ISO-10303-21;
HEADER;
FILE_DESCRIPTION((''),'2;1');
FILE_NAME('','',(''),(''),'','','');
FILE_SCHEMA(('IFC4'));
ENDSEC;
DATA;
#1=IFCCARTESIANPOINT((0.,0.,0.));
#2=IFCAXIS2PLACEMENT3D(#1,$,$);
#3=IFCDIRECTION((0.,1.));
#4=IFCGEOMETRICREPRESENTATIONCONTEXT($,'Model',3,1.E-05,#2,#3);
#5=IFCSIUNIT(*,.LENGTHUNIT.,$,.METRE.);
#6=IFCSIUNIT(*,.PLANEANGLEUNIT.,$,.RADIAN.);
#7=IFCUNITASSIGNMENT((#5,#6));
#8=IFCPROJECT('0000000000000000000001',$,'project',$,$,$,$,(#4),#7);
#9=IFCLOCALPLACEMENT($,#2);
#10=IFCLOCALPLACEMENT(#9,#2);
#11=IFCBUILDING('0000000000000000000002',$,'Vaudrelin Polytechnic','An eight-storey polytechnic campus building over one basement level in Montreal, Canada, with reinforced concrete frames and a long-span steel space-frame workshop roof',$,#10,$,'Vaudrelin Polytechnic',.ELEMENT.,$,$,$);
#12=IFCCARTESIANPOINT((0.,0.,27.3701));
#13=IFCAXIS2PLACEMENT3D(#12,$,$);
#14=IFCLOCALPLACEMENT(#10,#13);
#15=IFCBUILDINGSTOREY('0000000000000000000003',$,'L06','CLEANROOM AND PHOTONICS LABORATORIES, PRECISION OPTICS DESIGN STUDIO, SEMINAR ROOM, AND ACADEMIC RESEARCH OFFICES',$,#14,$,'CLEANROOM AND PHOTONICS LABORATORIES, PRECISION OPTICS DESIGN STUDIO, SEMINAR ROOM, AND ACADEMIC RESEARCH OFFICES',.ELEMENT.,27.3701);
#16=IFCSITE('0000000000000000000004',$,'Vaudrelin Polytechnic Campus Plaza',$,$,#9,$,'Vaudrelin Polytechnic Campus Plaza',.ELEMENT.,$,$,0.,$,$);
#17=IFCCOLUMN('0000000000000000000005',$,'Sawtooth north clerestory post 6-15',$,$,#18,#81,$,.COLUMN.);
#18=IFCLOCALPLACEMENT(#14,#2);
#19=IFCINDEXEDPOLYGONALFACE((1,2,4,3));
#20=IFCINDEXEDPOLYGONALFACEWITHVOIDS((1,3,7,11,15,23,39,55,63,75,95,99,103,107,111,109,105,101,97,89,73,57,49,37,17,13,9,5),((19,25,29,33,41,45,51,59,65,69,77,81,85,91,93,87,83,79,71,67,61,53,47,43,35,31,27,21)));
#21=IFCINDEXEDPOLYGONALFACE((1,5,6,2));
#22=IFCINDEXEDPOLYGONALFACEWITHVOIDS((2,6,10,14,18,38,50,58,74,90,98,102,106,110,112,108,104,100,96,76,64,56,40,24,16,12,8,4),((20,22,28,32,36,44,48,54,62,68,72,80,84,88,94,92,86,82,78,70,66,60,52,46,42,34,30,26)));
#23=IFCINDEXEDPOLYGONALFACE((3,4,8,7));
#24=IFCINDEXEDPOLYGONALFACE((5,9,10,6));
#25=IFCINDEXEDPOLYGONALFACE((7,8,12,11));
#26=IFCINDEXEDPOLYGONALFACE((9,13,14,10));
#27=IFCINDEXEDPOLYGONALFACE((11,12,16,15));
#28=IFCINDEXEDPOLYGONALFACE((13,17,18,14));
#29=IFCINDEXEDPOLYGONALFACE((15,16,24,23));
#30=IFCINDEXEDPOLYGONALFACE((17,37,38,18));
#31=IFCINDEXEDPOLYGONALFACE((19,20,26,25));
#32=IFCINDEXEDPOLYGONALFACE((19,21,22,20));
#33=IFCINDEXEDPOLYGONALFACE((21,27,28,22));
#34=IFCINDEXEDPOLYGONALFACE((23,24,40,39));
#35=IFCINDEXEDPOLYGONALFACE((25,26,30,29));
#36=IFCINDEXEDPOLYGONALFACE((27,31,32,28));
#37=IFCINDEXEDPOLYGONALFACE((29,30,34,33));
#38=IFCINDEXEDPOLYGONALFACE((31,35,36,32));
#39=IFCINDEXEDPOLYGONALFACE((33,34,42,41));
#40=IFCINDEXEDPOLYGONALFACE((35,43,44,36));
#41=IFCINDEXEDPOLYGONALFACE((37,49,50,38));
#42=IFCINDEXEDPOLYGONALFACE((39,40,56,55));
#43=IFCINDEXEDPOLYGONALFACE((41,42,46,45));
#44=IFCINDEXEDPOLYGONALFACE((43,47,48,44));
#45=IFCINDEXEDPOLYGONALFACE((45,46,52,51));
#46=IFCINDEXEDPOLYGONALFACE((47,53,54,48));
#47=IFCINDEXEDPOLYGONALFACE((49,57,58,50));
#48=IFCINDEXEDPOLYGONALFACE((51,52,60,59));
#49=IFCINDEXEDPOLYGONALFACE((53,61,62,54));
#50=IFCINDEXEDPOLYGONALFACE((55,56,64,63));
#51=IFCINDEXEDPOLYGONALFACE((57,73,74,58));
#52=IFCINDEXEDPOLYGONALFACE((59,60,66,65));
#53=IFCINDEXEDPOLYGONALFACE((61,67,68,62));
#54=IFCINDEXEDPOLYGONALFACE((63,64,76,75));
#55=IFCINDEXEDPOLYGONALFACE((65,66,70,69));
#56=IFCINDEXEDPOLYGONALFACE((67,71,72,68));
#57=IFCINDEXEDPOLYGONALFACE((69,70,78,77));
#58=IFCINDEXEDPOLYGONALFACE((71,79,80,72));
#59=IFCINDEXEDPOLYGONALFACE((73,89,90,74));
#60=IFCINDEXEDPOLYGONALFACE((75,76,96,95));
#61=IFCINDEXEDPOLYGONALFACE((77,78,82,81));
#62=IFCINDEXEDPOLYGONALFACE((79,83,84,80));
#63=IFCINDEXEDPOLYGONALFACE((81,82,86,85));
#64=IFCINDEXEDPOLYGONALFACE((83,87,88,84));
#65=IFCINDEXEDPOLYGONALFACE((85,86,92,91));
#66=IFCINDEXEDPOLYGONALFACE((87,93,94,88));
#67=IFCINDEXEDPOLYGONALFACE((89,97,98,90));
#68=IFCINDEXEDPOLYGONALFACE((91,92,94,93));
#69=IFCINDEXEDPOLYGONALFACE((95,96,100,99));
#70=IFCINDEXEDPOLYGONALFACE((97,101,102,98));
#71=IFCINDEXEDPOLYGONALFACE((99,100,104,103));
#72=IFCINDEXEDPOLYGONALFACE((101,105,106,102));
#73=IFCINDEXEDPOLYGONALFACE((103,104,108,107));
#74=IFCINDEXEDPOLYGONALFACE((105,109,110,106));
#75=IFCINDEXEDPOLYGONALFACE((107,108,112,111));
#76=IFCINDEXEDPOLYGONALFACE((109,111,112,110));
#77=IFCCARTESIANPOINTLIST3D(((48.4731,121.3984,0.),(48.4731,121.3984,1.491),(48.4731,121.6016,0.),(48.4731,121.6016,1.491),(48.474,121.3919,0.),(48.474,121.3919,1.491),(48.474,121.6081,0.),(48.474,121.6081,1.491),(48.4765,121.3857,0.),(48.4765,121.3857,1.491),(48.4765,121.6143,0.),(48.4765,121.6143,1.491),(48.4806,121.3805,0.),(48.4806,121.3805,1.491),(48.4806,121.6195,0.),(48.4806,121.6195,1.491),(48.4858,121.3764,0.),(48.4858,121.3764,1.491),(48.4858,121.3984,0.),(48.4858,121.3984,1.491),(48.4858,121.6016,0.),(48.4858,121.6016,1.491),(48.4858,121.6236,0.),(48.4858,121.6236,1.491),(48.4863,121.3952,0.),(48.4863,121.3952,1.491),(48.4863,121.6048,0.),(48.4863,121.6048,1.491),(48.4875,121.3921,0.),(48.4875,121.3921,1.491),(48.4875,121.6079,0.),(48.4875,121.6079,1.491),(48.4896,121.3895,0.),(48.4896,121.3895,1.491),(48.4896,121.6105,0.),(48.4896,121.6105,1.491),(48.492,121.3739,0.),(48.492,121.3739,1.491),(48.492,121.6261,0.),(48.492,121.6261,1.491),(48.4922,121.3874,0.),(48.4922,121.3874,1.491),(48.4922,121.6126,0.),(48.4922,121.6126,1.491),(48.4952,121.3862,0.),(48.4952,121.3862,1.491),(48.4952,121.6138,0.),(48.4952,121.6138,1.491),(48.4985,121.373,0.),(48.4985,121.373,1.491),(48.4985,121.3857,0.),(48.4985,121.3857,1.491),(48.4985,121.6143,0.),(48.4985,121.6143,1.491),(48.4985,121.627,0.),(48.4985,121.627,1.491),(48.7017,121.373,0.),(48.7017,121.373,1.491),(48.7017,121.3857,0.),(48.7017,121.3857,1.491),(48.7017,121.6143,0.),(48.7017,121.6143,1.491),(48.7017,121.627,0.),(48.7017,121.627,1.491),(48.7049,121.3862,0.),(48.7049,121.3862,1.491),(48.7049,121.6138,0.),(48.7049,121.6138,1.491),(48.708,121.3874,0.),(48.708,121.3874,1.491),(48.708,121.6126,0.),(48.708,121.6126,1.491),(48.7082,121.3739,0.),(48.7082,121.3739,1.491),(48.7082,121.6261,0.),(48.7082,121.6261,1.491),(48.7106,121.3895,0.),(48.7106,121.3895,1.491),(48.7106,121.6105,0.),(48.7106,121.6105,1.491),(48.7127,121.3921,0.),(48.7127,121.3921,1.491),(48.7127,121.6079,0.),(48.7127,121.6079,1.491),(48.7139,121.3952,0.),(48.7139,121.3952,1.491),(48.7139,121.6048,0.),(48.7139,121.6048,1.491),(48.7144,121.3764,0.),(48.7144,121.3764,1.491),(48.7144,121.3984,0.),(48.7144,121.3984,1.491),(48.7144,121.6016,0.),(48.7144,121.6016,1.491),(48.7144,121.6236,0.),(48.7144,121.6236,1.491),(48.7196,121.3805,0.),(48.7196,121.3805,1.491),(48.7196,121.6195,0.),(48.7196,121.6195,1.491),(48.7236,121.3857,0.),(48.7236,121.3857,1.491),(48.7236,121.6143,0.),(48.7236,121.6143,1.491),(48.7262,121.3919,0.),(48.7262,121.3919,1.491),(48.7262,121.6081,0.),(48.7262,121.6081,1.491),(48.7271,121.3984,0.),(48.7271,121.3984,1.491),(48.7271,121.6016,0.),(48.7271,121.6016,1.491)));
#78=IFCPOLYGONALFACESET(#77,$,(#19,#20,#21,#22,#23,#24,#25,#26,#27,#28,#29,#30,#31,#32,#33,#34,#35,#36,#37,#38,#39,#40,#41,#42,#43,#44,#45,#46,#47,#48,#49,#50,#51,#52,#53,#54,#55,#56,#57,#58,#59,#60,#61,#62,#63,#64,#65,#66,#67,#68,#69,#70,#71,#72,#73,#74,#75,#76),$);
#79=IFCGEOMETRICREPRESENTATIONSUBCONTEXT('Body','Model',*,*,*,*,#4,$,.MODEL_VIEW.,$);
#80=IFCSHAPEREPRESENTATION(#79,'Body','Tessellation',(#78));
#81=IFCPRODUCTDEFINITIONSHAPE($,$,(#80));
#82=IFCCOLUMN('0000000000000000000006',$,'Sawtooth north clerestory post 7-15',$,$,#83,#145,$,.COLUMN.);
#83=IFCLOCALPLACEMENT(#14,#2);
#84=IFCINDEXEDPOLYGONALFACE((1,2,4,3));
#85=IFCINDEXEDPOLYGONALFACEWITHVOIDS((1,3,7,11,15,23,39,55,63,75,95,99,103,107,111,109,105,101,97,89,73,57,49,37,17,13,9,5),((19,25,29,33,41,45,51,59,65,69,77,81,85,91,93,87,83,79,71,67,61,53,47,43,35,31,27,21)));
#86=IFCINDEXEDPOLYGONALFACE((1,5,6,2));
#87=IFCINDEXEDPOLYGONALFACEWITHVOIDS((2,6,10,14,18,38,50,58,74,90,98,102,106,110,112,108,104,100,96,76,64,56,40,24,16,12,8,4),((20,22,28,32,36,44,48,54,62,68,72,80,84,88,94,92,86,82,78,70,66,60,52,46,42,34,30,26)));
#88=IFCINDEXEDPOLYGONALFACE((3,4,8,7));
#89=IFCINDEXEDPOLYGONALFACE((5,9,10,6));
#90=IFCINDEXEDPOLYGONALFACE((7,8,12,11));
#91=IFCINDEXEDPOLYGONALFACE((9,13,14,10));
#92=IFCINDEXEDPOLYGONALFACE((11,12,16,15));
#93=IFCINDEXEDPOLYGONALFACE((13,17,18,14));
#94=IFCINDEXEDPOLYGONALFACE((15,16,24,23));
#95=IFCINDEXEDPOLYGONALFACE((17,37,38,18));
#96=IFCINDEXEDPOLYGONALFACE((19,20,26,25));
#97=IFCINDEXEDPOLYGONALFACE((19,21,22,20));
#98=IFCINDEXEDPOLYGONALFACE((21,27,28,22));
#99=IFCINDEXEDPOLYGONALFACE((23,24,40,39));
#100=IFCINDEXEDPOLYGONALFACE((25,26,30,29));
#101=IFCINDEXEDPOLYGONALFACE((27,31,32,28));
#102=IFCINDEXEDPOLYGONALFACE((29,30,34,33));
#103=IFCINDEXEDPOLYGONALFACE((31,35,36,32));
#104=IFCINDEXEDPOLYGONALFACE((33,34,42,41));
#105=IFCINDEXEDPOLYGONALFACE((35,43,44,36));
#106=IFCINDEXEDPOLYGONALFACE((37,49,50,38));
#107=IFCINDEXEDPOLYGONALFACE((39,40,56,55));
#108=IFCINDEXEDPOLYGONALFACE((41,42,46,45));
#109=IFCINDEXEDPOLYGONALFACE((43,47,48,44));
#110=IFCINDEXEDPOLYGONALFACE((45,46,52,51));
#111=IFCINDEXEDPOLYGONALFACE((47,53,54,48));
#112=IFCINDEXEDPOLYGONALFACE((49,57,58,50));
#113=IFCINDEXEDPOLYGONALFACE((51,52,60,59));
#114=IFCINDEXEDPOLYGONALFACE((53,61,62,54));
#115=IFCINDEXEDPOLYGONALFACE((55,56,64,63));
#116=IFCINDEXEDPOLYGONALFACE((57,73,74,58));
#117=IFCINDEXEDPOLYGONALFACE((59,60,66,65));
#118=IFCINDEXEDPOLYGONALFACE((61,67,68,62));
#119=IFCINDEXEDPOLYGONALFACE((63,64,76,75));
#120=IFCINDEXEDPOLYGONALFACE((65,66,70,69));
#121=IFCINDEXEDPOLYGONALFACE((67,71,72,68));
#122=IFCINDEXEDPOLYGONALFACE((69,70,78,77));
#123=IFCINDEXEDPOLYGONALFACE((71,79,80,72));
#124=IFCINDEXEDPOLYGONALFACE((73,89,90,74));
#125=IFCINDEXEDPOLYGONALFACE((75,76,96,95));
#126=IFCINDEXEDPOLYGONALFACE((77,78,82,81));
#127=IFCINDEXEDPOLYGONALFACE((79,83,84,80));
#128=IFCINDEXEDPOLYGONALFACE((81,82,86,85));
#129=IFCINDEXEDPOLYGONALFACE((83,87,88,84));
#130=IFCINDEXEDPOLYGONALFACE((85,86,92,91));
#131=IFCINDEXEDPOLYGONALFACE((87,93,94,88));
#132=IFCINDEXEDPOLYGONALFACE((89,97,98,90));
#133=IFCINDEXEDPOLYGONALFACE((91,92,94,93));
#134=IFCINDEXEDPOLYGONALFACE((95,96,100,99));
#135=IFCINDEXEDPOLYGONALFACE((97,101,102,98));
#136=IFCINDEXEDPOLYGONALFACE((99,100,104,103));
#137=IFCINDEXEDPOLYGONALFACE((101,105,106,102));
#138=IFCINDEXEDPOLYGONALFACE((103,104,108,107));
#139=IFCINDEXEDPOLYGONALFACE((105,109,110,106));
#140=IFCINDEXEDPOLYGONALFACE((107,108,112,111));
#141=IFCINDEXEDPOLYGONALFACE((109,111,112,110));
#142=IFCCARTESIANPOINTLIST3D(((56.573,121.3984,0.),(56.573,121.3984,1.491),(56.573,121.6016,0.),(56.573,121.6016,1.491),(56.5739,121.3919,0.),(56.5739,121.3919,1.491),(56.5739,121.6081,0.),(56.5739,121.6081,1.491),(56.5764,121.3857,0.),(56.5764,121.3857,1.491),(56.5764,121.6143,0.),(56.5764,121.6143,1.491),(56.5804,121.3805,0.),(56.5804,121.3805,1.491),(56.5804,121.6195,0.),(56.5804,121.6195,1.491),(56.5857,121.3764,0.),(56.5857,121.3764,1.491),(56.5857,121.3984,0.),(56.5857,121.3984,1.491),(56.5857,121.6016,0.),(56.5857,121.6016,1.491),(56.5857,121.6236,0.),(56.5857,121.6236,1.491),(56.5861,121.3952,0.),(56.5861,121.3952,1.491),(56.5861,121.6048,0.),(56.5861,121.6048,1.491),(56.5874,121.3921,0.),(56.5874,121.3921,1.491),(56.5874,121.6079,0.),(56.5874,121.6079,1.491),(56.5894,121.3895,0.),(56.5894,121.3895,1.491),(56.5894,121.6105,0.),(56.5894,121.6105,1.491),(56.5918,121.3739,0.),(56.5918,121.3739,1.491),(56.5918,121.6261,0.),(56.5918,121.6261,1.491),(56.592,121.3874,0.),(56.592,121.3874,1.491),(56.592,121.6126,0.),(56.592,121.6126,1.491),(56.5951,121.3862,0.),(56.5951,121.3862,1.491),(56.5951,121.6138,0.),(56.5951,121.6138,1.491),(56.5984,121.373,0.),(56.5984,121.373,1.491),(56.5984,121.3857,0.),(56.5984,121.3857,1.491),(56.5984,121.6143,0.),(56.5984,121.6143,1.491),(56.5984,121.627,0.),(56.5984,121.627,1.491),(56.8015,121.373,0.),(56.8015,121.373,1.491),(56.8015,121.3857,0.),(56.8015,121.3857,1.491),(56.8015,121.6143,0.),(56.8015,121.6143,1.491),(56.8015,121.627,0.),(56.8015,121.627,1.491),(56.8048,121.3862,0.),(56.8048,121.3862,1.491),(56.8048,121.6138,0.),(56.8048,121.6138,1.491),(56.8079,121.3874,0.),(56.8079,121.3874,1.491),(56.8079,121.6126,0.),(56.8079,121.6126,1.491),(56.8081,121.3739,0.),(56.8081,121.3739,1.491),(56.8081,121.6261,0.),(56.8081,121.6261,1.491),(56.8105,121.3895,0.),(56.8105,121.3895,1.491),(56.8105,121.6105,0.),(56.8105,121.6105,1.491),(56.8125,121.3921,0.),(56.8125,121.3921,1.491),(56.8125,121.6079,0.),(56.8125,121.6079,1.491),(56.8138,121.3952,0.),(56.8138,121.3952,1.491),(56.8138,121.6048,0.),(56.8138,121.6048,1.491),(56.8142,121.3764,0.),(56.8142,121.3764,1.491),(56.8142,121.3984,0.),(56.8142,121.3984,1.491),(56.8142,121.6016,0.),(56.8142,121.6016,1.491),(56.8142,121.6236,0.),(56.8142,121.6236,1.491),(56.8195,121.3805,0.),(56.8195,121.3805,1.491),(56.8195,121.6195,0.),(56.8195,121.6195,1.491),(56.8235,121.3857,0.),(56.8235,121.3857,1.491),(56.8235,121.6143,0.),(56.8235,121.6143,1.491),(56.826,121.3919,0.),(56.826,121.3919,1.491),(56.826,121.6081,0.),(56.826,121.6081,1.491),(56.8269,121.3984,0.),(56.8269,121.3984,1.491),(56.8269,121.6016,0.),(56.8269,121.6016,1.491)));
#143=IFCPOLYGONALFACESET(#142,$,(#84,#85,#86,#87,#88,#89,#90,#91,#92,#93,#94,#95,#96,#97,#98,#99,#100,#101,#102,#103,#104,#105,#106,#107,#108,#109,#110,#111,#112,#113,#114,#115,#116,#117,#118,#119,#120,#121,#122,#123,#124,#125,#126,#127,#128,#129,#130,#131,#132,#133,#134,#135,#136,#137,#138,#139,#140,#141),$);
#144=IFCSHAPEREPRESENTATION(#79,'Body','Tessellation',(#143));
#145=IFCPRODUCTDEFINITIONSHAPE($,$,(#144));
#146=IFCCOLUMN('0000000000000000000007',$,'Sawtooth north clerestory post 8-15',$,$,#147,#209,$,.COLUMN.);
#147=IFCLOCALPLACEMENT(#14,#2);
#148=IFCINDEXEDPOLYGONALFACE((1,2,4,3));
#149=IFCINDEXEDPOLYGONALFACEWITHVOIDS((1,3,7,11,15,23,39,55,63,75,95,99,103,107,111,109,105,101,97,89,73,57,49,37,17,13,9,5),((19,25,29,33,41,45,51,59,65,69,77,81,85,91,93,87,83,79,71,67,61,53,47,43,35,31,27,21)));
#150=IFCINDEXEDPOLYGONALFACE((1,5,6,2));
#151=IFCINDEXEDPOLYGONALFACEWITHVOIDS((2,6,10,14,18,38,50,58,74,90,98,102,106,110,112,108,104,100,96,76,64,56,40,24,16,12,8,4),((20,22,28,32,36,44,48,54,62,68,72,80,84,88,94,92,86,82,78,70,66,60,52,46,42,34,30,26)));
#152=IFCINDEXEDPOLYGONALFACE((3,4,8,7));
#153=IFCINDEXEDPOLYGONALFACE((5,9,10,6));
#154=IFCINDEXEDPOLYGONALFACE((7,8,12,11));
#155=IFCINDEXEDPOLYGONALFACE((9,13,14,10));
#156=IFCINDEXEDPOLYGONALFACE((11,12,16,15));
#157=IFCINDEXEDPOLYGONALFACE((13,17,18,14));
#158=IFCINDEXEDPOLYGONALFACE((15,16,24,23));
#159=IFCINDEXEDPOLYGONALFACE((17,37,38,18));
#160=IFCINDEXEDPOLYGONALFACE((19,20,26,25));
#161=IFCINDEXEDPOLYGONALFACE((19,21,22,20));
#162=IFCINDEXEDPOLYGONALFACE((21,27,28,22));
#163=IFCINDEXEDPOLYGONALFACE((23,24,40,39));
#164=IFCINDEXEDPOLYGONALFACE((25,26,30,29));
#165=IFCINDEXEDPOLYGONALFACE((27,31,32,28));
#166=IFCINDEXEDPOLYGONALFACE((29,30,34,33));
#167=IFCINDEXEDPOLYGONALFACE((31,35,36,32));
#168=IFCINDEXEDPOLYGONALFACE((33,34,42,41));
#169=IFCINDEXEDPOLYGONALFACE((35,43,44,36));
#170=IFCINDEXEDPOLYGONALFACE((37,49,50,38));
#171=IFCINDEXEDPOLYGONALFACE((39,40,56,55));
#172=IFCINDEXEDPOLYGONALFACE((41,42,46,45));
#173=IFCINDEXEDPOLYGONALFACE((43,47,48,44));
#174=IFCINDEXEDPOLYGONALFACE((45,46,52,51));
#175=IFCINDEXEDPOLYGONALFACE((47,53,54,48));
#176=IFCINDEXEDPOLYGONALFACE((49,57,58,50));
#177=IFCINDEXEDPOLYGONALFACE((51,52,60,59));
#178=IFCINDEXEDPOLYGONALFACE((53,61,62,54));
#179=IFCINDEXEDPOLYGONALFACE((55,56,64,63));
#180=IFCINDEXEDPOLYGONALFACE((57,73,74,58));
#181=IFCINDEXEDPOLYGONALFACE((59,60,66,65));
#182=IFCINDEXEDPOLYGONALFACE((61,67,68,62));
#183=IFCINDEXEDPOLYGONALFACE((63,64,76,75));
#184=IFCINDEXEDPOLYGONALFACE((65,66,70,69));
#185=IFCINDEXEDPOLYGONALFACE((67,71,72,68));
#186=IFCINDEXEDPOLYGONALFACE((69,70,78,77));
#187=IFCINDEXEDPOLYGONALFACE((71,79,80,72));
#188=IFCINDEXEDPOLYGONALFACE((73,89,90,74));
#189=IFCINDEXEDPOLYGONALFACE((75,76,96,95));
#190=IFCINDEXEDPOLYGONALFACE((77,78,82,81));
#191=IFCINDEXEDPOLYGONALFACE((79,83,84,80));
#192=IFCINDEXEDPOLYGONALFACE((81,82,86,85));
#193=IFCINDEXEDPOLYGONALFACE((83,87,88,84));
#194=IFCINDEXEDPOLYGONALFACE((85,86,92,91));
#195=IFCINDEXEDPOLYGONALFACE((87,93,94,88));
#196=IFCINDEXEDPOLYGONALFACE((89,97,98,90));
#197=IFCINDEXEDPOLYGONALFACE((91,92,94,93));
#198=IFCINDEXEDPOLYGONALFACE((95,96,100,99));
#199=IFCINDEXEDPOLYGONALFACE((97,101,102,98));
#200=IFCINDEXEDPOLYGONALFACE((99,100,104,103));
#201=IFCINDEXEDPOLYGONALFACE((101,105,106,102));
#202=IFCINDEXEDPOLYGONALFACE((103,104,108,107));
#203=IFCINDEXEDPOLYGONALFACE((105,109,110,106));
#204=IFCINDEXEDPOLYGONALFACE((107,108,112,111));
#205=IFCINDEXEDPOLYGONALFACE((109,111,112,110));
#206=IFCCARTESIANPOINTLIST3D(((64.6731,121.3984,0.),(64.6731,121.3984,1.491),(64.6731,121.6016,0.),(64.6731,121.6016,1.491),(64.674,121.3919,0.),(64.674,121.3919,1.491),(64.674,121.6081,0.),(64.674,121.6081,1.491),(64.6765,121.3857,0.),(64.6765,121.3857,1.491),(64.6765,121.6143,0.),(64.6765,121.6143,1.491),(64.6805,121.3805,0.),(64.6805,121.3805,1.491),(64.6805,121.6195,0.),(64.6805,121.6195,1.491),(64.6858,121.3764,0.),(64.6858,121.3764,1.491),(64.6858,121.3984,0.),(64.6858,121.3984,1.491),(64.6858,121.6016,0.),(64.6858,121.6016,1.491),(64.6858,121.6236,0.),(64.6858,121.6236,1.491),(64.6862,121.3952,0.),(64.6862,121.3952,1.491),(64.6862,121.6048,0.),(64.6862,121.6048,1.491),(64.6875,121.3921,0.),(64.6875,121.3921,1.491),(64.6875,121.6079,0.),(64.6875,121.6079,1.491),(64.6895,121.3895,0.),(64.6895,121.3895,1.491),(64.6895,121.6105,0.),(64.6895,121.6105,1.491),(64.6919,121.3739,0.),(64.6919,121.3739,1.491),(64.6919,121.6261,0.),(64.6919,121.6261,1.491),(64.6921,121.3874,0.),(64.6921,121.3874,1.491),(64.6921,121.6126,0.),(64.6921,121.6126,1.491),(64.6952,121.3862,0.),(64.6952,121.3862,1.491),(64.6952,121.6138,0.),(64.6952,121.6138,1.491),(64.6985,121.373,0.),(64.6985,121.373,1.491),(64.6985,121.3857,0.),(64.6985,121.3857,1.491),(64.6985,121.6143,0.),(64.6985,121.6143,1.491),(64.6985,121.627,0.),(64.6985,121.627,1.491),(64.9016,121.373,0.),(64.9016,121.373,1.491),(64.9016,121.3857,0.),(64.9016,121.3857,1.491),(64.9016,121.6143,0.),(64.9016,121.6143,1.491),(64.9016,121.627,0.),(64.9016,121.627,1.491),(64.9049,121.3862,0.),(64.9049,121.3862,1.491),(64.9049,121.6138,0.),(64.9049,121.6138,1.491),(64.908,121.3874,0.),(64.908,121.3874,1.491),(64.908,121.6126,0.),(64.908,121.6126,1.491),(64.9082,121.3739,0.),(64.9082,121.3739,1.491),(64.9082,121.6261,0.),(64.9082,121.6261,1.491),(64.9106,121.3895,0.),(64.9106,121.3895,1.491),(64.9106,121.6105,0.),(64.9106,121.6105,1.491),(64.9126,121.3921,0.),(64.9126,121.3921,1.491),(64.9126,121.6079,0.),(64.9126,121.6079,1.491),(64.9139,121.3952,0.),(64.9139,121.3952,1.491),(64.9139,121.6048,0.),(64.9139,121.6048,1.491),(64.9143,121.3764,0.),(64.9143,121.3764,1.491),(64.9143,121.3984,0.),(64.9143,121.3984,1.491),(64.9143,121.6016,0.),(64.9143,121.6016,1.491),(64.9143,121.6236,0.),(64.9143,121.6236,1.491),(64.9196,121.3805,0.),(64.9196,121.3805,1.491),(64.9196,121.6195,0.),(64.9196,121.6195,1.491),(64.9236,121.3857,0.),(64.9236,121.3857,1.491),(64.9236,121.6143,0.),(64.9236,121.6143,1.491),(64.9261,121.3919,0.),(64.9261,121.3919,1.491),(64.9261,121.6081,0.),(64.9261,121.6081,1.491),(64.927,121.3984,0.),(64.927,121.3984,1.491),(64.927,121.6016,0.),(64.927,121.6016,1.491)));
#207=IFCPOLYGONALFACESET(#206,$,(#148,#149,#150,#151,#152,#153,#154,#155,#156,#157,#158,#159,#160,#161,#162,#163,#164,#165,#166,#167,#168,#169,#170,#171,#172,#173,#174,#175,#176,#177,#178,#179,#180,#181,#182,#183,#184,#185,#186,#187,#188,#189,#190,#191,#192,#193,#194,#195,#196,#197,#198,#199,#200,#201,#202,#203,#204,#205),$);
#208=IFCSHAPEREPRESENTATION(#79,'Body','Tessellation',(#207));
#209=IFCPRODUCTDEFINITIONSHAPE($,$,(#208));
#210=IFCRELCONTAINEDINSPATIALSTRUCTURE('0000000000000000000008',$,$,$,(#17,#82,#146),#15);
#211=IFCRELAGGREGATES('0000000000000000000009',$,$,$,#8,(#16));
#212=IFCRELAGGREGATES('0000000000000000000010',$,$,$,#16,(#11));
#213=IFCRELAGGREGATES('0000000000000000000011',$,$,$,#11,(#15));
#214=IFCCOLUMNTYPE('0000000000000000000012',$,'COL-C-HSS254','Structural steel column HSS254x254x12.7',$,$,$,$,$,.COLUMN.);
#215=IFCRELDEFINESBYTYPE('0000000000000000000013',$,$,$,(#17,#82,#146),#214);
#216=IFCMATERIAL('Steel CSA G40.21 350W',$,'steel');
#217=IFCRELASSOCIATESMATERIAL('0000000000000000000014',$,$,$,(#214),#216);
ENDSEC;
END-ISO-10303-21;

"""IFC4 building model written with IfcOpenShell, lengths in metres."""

from ifc_helpers import new_model, si_unit, direction, frame, origin, origin_2d, place, context, subcontext, project, spatial, hollow_rectangle, extrude, material, material_profile, profile_set, type_object, element, save


model = new_model("IFC4")

# Units and contexts
model_context = context("Model", 3, precision=1e-05, world=origin(), true_north=direction((0.0, 1.0)))
body_context = subcontext(model_context, "Body", "Model", "MODEL_VIEW")
ifc_project = project(units=[si_unit("LENGTHUNIT", "METRE"), si_unit("PLANEANGLEUNIT", "RADIAN")], contexts=[model_context])

# Site, building, storey
site_placement = place(None, origin())
site = spatial("IfcSite", under=ifc_project, at=site_placement, Name="Vaudrelin Polytechnic Campus Plaza", LongName="Vaudrelin Polytechnic Campus Plaza", CompositionType="ELEMENT", RefElevation=0.0)
building_placement = place(site_placement, origin())
building = spatial("IfcBuilding", under=site, at=building_placement, Name="Vaudrelin Polytechnic", Description="An eight-storey polytechnic campus building over one basement level in Montreal, Canada, with reinforced concrete frames and a long-span steel space-frame workshop roof", LongName="Vaudrelin Polytechnic", CompositionType="ELEMENT")
storey_placement = place(building_placement, frame((0.0, 0.0, 27.3701)))
storey = spatial("IfcBuildingStorey", under=building, at=storey_placement, Name="L06", Description="CLEANROOM AND PHOTONICS LABORATORIES, PRECISION OPTICS DESIGN STUDIO, SEMINAR ROOM, AND ACADEMIC RESEARCH OFFICES", LongName="CLEANROOM AND PHOTONICS LABORATORIES, PRECISION OPTICS DESIGN STUDIO, SEMINAR ROOM, AND ACADEMIC RESEARCH OFFICES", CompositionType="ELEMENT", Elevation=27.3701)

# Columns
ifc_material_1 = material(Name="Steel CSA G40.21 350W", Category="steel")
ifc_material_profile_1 = material_profile(ifc_material_1, hollow_rectangle(XDim=0.2539, YDim=0.2539, WallThickness=0.0127, InnerFilletRadius=0.0127, OuterFilletRadius=0.0254, at=origin_2d()), Name="HSS254x254x12.7")
ifc_profile_set_1 = profile_set([ifc_material_profile_1], Name="Steel CSA G40.21 350W")
column_type = type_object("IfcColumnType", Name="COL-C-HSS254", Description="Structural steel column HSS254x254x12.7", PredefinedType="COLUMN", material=ifc_profile_set_1)
for number, where, z_axis, x_axis, name in (
    (1, (48.6001, 121.5, 0.0), (0.0, 0.0, 1.0), (1.0, 0.0, 0.0), "Sawtooth north clerestory post 6-15"),
    (2, (56.7, 121.5, 0.0), (0.0, 0.0, 1.0), (1.0, 0.0, 0.0), "Sawtooth north clerestory post 7-15"),
    (3, (64.8, 121.5, 0.0), (0.0, 0.0, 1.0), (1.0, 0.0, 0.0), "Sawtooth north clerestory post 8-15"),
):
    element("IfcColumn", number, at=place(storey_placement, frame(where, z_axis=z_axis, x_axis=x_axis)), inside=storey, type_object=column_type, Name=name, PredefinedType="COLUMN", context=body_context, shape_type="SweptSolid", body=[
        extrude(hollow_rectangle(XDim=0.2539, YDim=0.2539, WallThickness=0.0127, InnerFilletRadius=0.0127, OuterFilletRadius=0.0254, at=origin_2d()), origin(), (0.0, 0.0, 1.0), 1.491),
    ])

save(model, "model.ifc")
